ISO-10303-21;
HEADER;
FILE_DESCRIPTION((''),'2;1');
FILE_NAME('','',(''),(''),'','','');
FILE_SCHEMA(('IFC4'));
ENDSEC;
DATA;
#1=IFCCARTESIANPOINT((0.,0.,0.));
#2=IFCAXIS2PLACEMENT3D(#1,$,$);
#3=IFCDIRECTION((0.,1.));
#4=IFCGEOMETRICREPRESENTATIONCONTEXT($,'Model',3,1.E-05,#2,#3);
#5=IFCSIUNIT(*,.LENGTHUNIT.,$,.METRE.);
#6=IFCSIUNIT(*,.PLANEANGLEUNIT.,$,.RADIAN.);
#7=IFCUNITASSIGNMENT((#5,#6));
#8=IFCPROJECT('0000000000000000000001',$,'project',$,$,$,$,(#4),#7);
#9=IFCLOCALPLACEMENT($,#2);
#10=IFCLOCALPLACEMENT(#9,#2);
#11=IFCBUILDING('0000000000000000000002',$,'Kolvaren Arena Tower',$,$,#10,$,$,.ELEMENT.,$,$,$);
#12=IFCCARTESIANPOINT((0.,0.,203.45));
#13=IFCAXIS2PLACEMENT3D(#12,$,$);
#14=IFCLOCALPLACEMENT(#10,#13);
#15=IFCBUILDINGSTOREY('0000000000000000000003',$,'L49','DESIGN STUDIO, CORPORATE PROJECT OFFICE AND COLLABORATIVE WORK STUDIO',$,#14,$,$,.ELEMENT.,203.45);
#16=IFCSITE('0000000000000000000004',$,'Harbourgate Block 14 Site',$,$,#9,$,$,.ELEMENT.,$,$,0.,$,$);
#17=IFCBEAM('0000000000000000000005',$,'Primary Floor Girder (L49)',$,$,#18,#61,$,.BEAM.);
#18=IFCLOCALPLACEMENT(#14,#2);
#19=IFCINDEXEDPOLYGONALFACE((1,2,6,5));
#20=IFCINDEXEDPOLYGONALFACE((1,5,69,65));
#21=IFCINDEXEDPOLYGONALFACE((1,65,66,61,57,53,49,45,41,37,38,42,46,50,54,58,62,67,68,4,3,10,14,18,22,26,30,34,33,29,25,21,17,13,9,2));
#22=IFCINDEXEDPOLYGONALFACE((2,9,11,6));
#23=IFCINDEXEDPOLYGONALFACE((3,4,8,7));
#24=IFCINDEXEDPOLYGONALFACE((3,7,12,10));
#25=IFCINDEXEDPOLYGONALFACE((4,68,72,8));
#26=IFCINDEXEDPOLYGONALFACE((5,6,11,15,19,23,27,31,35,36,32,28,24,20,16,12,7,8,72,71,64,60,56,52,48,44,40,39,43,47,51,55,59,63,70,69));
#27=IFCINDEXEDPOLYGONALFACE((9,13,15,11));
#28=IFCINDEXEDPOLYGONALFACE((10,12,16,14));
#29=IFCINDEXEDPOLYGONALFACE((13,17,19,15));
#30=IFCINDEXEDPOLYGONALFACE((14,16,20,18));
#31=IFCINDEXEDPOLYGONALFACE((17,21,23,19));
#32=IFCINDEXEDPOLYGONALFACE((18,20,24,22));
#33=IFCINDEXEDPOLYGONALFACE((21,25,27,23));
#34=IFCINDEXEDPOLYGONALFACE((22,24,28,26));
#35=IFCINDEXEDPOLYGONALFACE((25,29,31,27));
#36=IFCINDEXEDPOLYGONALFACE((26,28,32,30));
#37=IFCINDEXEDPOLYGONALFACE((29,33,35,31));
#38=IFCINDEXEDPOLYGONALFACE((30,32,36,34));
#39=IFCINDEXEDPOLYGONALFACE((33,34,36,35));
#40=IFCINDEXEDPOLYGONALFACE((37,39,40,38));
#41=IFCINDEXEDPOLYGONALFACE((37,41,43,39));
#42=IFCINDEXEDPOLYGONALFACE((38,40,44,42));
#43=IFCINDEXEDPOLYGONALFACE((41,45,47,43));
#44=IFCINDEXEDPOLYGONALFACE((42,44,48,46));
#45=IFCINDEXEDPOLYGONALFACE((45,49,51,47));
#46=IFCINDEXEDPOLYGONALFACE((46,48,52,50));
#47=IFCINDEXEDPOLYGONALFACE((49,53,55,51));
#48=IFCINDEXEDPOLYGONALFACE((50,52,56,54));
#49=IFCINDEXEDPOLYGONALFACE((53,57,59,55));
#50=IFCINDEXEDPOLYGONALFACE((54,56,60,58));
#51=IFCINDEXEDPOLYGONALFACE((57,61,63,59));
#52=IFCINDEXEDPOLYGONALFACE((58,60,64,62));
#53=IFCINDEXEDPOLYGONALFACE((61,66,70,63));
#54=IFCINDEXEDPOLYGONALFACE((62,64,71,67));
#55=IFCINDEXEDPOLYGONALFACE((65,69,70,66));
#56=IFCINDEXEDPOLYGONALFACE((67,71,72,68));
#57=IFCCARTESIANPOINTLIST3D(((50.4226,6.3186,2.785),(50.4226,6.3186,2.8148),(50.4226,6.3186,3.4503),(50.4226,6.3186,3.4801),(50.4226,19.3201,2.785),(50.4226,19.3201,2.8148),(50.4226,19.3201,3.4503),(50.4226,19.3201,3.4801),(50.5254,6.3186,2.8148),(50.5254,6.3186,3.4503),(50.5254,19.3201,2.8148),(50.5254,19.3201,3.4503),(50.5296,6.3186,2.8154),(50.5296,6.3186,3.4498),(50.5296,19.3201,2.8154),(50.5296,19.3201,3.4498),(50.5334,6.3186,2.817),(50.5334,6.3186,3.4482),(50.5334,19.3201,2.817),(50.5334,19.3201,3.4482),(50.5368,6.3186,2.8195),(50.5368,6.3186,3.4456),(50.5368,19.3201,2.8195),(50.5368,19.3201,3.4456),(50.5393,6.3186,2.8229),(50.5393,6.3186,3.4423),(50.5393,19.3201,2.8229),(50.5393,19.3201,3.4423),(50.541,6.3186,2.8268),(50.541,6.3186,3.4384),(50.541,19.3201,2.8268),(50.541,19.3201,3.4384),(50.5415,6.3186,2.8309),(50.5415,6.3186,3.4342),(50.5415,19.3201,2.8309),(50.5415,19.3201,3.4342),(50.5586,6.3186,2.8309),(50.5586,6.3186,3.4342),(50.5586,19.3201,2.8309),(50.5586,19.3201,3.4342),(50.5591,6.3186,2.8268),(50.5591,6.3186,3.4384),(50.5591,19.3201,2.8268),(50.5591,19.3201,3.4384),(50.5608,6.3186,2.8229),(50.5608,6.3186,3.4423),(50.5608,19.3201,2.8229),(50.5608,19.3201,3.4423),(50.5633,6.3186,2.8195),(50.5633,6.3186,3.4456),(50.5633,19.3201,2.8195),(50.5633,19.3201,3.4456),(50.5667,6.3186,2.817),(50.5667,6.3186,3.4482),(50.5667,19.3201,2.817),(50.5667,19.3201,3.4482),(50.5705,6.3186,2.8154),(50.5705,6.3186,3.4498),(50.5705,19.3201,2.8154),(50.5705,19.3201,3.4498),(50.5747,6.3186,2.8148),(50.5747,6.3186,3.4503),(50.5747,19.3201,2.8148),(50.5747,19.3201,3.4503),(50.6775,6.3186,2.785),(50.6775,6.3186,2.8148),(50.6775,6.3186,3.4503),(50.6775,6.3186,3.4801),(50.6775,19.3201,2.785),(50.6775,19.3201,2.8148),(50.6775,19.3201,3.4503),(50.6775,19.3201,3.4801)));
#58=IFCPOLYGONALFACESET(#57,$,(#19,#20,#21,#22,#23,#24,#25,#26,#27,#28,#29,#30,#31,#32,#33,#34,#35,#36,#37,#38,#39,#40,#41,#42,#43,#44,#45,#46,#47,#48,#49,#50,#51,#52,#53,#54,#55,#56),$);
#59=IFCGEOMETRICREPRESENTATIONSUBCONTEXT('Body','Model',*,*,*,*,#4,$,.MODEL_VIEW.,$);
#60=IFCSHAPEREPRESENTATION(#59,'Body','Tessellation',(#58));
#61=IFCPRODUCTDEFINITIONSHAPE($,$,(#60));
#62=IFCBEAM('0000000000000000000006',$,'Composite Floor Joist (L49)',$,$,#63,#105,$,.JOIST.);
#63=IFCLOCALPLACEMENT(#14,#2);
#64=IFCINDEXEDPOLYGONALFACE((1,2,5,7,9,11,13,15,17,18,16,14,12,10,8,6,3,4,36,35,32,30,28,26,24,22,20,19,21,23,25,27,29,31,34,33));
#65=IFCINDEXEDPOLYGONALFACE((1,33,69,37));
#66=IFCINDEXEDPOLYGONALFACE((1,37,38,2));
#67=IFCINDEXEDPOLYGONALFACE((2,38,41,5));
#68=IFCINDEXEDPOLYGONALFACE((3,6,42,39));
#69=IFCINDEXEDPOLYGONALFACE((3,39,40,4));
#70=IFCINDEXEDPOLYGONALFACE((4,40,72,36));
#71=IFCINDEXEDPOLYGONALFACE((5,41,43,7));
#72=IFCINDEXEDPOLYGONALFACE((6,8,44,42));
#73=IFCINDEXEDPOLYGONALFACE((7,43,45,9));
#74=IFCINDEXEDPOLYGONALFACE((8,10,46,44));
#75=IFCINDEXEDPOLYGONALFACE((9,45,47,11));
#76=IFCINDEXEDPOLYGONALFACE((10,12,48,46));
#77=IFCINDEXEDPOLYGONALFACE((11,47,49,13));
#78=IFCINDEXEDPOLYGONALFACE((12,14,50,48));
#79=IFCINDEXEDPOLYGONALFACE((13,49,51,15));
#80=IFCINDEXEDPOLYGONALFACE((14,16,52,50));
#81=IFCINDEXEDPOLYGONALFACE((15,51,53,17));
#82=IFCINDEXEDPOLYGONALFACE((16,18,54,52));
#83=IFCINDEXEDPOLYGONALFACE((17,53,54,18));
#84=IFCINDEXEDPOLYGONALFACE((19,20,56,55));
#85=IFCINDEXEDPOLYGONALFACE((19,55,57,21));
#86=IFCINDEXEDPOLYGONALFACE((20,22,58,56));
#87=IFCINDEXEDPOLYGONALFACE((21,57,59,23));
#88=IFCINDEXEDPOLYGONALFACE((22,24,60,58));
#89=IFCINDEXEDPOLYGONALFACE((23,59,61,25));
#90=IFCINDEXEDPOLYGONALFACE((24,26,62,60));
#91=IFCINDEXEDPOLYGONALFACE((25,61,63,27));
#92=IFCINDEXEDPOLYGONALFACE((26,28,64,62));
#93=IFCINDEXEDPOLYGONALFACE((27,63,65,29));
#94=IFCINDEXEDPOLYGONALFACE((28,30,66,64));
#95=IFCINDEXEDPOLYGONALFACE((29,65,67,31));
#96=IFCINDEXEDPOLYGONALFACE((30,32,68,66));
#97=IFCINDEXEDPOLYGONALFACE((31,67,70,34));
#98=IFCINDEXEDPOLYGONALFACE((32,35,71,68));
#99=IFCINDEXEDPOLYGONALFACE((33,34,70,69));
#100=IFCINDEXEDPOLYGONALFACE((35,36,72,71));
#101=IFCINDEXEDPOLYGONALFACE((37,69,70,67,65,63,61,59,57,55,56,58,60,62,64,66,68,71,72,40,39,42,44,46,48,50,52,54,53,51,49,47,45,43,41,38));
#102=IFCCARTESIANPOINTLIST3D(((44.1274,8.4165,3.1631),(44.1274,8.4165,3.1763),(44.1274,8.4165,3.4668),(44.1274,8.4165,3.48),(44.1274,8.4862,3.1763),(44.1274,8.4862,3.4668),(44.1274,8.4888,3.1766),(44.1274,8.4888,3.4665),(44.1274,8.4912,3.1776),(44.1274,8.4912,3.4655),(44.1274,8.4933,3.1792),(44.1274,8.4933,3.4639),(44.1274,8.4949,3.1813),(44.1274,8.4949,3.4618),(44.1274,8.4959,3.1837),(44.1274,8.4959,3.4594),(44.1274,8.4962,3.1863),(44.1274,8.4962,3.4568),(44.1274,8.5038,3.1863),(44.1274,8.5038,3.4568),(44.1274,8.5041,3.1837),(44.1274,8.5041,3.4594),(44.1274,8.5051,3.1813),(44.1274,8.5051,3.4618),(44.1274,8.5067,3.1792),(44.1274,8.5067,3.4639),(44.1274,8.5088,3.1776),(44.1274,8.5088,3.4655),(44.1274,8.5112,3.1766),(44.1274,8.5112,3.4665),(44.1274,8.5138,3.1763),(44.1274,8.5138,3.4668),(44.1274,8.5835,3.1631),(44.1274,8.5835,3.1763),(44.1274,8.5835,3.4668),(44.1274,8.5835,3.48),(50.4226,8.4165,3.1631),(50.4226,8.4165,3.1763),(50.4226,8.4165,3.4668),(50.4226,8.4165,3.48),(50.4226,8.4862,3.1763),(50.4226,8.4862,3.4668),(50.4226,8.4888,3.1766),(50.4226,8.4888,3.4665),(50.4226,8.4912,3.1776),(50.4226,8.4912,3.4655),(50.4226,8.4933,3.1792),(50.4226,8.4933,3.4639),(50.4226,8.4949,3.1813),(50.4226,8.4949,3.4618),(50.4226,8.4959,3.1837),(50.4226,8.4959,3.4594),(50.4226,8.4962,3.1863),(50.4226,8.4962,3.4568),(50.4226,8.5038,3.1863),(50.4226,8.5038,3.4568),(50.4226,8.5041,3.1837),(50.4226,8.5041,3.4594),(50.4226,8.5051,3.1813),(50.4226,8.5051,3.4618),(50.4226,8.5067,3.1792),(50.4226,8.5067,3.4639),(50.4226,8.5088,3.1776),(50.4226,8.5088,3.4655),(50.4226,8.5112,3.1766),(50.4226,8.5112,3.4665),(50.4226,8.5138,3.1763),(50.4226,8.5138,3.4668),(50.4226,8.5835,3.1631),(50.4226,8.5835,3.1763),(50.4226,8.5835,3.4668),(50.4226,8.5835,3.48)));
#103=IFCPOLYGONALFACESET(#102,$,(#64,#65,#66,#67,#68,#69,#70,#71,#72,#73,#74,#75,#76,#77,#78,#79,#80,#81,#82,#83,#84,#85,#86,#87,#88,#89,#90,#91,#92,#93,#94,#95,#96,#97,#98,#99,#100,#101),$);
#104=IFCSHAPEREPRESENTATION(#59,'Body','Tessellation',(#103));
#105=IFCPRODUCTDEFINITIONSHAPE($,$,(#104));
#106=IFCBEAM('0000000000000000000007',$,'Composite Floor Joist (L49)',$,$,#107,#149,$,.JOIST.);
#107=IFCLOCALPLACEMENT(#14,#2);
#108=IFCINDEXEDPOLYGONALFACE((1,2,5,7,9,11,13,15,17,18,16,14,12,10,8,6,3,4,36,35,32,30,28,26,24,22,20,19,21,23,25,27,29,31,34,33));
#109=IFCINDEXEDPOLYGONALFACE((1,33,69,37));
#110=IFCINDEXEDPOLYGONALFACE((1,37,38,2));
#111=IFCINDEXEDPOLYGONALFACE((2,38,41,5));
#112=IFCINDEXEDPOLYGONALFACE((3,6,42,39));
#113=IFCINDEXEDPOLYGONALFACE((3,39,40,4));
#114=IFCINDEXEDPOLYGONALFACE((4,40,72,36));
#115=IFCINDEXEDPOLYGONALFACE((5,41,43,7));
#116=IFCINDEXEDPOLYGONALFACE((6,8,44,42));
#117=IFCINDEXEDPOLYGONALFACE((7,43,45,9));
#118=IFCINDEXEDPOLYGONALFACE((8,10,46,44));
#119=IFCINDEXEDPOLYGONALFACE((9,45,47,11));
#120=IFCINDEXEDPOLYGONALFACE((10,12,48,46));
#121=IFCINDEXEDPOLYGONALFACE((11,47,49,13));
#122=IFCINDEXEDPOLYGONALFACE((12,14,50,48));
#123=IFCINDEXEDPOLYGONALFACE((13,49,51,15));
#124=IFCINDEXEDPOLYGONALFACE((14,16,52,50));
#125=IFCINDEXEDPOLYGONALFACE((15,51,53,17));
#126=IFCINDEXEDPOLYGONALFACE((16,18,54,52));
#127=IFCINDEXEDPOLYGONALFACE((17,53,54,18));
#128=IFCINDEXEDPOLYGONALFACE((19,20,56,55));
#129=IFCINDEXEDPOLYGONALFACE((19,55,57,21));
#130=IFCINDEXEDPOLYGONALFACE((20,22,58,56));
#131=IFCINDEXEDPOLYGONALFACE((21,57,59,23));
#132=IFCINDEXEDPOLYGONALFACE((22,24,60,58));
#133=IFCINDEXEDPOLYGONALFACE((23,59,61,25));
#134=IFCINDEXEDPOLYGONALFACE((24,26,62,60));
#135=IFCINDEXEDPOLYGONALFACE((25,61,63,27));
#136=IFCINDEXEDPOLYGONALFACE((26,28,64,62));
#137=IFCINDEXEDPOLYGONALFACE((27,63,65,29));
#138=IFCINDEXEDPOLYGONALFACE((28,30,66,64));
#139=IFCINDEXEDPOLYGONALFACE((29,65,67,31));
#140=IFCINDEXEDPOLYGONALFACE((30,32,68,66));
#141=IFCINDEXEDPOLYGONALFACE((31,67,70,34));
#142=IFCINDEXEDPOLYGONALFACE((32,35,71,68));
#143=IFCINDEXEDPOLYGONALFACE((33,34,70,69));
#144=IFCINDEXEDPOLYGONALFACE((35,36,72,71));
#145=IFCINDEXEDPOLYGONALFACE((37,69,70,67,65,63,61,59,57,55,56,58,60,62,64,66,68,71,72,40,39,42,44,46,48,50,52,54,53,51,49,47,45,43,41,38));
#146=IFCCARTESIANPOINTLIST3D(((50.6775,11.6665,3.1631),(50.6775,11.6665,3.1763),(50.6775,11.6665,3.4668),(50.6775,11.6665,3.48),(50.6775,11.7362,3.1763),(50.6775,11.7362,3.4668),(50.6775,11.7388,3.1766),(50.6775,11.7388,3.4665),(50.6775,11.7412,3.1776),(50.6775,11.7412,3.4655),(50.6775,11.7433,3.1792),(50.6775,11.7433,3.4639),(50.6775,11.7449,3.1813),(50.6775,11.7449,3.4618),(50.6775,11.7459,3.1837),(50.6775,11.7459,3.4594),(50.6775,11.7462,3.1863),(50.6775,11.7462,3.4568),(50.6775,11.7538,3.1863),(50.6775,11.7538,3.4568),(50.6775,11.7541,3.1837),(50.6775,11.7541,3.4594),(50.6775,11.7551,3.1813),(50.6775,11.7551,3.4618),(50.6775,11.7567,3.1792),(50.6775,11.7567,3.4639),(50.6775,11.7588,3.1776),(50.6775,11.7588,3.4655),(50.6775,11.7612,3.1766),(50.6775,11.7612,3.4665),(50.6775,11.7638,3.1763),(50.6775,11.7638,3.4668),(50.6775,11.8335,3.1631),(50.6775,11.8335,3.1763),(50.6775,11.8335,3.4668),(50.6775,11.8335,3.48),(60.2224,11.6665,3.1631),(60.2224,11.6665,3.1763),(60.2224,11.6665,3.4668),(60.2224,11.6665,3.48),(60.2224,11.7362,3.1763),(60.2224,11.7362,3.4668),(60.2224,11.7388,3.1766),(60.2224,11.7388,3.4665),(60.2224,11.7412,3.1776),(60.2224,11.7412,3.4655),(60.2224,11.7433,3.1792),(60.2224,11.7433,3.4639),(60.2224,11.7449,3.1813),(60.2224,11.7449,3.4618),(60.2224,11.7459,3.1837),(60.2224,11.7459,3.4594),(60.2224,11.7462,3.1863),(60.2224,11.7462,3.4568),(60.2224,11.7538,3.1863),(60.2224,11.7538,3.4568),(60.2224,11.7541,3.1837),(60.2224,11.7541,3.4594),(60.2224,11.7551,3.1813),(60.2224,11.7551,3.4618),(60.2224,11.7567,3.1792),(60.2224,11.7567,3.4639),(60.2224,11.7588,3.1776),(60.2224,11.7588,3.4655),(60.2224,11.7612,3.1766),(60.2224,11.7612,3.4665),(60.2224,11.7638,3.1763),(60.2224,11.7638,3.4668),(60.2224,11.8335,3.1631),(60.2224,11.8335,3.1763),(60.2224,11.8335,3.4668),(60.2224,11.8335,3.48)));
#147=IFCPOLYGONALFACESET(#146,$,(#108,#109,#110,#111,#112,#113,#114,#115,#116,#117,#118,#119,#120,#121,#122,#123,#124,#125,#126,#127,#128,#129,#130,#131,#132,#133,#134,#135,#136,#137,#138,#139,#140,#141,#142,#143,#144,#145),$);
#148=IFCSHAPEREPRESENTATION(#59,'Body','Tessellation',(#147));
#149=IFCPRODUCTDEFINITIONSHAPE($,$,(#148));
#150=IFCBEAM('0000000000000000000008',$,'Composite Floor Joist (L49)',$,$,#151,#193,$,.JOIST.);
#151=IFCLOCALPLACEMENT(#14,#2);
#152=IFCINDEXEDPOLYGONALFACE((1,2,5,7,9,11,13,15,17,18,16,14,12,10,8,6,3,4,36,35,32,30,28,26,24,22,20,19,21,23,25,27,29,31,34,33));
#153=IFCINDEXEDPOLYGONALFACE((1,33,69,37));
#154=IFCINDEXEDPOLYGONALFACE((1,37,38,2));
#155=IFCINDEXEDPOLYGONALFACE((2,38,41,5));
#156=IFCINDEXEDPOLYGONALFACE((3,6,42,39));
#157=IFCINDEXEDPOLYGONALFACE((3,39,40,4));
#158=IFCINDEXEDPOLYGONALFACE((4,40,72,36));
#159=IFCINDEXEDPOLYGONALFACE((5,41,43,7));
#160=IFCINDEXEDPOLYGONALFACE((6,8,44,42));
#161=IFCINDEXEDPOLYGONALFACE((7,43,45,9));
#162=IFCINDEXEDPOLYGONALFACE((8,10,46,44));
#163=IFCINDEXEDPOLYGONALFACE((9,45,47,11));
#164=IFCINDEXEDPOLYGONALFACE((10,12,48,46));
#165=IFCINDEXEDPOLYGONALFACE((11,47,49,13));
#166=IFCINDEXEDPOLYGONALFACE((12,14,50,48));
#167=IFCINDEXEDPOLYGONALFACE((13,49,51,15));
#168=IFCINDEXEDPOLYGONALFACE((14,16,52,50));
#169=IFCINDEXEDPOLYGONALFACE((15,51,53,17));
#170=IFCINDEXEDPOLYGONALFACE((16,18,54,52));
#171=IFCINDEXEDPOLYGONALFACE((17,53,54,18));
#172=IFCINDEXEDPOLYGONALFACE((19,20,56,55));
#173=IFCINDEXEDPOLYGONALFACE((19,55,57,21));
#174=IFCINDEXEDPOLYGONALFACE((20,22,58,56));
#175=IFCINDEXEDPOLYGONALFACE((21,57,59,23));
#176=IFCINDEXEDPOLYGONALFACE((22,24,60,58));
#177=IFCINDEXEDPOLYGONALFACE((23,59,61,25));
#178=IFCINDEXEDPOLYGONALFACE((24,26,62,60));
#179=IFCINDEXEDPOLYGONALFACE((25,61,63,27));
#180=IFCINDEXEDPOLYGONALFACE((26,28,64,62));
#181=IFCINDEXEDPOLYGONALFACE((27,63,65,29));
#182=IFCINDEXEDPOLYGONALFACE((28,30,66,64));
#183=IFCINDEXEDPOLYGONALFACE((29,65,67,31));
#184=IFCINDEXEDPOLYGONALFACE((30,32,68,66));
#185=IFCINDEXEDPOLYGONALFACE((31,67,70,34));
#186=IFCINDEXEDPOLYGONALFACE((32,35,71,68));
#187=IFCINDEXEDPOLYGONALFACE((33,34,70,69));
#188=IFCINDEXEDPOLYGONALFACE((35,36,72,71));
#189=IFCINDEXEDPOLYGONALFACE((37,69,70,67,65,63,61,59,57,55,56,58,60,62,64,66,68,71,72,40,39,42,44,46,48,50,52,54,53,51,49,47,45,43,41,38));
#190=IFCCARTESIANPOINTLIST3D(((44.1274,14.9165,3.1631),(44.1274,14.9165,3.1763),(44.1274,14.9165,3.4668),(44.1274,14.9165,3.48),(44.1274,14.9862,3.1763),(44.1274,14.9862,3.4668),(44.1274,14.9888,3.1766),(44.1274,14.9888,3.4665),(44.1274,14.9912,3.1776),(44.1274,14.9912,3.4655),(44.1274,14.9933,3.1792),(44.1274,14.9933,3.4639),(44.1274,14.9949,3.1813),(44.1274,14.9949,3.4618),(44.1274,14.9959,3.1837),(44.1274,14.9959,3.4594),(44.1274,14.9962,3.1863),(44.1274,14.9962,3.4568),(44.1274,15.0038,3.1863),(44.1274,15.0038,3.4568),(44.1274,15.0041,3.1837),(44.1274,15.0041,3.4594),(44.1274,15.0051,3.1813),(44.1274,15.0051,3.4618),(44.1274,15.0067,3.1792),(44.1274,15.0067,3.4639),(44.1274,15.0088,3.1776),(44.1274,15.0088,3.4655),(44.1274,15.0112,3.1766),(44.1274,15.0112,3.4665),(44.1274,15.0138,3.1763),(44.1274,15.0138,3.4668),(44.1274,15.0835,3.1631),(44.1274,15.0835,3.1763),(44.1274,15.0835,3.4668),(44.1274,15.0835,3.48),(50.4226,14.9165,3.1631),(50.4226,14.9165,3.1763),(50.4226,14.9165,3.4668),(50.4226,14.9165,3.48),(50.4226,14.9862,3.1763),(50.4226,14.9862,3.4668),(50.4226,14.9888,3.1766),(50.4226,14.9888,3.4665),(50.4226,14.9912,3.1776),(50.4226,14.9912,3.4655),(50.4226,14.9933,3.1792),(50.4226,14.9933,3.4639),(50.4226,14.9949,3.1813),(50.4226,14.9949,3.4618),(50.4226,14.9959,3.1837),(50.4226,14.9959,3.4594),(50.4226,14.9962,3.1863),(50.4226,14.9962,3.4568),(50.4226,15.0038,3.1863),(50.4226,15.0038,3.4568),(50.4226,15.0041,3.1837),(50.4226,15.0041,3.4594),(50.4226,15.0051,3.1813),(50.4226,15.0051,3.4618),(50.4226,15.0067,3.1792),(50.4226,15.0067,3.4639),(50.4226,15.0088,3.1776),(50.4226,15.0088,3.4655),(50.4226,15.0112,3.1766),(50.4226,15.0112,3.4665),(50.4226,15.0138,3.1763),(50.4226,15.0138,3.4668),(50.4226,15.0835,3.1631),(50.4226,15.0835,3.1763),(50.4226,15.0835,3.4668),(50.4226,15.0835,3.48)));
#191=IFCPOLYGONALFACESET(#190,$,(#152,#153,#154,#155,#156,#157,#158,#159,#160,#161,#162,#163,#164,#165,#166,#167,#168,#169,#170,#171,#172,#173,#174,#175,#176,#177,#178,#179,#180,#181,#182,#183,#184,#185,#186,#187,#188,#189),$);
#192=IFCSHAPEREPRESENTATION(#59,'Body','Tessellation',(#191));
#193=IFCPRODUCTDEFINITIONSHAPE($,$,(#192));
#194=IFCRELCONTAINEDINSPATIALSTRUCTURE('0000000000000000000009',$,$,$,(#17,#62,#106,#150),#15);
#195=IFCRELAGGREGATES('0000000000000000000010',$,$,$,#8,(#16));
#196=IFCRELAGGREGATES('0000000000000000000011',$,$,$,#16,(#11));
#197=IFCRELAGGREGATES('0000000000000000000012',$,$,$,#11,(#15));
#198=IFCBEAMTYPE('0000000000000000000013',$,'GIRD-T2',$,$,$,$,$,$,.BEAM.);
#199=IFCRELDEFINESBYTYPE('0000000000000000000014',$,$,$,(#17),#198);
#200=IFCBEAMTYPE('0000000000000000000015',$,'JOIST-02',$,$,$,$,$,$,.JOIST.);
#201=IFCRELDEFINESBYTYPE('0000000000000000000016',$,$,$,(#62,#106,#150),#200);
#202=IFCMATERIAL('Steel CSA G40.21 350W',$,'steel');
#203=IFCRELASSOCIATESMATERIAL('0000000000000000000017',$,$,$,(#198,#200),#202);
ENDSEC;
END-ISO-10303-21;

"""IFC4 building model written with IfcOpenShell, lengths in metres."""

from ifc_helpers import new_model, si_unit, direction, frame, origin, origin_2d, place, context, subcontext, project, spatial, i_section, extrude, material, material_profile, profile_set, type_object, element, save


model = new_model("IFC4")

# Units and contexts
model_context = context("Model", 3, precision=1e-05, world=origin(), true_north=direction((0.0, 1.0)))
body_context = subcontext(model_context, "Body", "Model", "MODEL_VIEW")
ifc_project = project(units=[si_unit("LENGTHUNIT", "METRE"), si_unit("PLANEANGLEUNIT", "RADIAN")], contexts=[model_context])

# Site, building, storey
site_placement = place(None, origin())
site = spatial("IfcSite", under=ifc_project, at=site_placement, Name="Harbourgate Block 14 Site", CompositionType="ELEMENT", RefElevation=0.0)
building_placement = place(site_placement, origin())
building = spatial("IfcBuilding", under=site, at=building_placement, Name="Kolvaren Arena Tower", CompositionType="ELEMENT")
storey_placement = place(building_placement, frame((0.0, 0.0, 203.45)))
storey = spatial("IfcBuildingStorey", under=building, at=storey_placement, Name="L49", Description="DESIGN STUDIO, CORPORATE PROJECT OFFICE AND COLLABORATIVE WORK STUDIO", CompositionType="ELEMENT", Elevation=203.45)

# Beams
ifc_material_1 = material(Name="Steel CSA G40.21 350W", Category="steel")
ifc_material_profile_1 = material_profile(ifc_material_1, i_section(OverallWidth=0.2549, OverallDepth=0.6951, WebThickness=0.0171, FlangeThickness=0.0298, FilletRadius=0.0161, at=origin_2d()), Name="W690x217")
ifc_profile_set_1 = profile_set([ifc_material_profile_1], Name="Steel CSA G40.21 350W")
beam_type_1 = type_object("IfcBeamType", Name="GIRD-T2", PredefinedType="BEAM", material=ifc_profile_set_1)
beam_1_placement = place(storey_placement, frame((50.55, 6.3186, 3.1326), z_axis=(0.0, 1.0, 0.0), x_axis=(-1.0, 0.0, 0.0)))
element("IfcBeam", 1, at=beam_1_placement, inside=storey, type_object=beam_type_1, Name="Primary Floor Girder (L49)", PredefinedType="BEAM", context=body_context, shape_type="SweptSolid", body=[
    extrude(i_section(OverallWidth=0.2549, OverallDepth=0.6951, WebThickness=0.0171, FlangeThickness=0.0298, FilletRadius=0.0161, at=origin_2d()), origin(), (0.0, 0.0, 1.0), 13.0015),
])
ifc_material_profile_2 = material_profile(ifc_material_1, i_section(OverallWidth=0.167, OverallDepth=0.3169, WebThickness=0.0076, FlangeThickness=0.0132, FilletRadius=0.01, at=origin_2d()), Name="W310x52")
ifc_profile_set_2 = profile_set([ifc_material_profile_2], Name="Steel CSA G40.21 350W")
beam_type_2 = type_object("IfcBeamType", Name="JOIST-02", PredefinedType="JOIST", material=ifc_profile_set_2)
beam_2_placement = place(storey_placement, frame((44.1274, 8.5, 3.3215), z_axis=(1.0, 0.0, 0.0), x_axis=(0.0, 1.0, 0.0)))
element("IfcBeam", 2, at=beam_2_placement, inside=storey, type_object=beam_type_2, Name="Composite Floor Joist (L49)", PredefinedType="JOIST", context=body_context, shape_type="SweptSolid", body=[
    extrude(i_section(OverallWidth=0.167, OverallDepth=0.3169, WebThickness=0.0076, FlangeThickness=0.0132, FilletRadius=0.01, at=origin_2d()), origin(), (0.0, 0.0, 1.0), 6.2952),
])
beam_3_placement = place(storey_placement, frame((50.6775, 11.75, 3.3215), z_axis=(1.0, 0.0, 0.0), x_axis=(0.0, 1.0, 0.0)))
element("IfcBeam", 3, at=beam_3_placement, inside=storey, type_object=beam_type_2, Name="Composite Floor Joist (L49)", PredefinedType="JOIST", context=body_context, shape_type="SweptSolid", body=[
    extrude(i_section(OverallWidth=0.167, OverallDepth=0.3169, WebThickness=0.0076, FlangeThickness=0.0132, FilletRadius=0.01, at=origin_2d()), origin(), (0.0, 0.0, 1.0), 9.5449),
])
beam_4_placement = place(storey_placement, frame((44.1274, 15.0, 3.3215), z_axis=(1.0, 0.0, 0.0), x_axis=(0.0, 1.0, 0.0)))
element("IfcBeam", 4, at=beam_4_placement, inside=storey, type_object=beam_type_2, Name="Composite Floor Joist (L49)", PredefinedType="JOIST", context=body_context, shape_type="SweptSolid", body=[
    extrude(i_section(OverallWidth=0.167, OverallDepth=0.3169, WebThickness=0.0076, FlangeThickness=0.0132, FilletRadius=0.01, at=origin_2d()), origin(), (0.0, 0.0, 1.0), 6.2952),
])

save(model, "model.ifc")
